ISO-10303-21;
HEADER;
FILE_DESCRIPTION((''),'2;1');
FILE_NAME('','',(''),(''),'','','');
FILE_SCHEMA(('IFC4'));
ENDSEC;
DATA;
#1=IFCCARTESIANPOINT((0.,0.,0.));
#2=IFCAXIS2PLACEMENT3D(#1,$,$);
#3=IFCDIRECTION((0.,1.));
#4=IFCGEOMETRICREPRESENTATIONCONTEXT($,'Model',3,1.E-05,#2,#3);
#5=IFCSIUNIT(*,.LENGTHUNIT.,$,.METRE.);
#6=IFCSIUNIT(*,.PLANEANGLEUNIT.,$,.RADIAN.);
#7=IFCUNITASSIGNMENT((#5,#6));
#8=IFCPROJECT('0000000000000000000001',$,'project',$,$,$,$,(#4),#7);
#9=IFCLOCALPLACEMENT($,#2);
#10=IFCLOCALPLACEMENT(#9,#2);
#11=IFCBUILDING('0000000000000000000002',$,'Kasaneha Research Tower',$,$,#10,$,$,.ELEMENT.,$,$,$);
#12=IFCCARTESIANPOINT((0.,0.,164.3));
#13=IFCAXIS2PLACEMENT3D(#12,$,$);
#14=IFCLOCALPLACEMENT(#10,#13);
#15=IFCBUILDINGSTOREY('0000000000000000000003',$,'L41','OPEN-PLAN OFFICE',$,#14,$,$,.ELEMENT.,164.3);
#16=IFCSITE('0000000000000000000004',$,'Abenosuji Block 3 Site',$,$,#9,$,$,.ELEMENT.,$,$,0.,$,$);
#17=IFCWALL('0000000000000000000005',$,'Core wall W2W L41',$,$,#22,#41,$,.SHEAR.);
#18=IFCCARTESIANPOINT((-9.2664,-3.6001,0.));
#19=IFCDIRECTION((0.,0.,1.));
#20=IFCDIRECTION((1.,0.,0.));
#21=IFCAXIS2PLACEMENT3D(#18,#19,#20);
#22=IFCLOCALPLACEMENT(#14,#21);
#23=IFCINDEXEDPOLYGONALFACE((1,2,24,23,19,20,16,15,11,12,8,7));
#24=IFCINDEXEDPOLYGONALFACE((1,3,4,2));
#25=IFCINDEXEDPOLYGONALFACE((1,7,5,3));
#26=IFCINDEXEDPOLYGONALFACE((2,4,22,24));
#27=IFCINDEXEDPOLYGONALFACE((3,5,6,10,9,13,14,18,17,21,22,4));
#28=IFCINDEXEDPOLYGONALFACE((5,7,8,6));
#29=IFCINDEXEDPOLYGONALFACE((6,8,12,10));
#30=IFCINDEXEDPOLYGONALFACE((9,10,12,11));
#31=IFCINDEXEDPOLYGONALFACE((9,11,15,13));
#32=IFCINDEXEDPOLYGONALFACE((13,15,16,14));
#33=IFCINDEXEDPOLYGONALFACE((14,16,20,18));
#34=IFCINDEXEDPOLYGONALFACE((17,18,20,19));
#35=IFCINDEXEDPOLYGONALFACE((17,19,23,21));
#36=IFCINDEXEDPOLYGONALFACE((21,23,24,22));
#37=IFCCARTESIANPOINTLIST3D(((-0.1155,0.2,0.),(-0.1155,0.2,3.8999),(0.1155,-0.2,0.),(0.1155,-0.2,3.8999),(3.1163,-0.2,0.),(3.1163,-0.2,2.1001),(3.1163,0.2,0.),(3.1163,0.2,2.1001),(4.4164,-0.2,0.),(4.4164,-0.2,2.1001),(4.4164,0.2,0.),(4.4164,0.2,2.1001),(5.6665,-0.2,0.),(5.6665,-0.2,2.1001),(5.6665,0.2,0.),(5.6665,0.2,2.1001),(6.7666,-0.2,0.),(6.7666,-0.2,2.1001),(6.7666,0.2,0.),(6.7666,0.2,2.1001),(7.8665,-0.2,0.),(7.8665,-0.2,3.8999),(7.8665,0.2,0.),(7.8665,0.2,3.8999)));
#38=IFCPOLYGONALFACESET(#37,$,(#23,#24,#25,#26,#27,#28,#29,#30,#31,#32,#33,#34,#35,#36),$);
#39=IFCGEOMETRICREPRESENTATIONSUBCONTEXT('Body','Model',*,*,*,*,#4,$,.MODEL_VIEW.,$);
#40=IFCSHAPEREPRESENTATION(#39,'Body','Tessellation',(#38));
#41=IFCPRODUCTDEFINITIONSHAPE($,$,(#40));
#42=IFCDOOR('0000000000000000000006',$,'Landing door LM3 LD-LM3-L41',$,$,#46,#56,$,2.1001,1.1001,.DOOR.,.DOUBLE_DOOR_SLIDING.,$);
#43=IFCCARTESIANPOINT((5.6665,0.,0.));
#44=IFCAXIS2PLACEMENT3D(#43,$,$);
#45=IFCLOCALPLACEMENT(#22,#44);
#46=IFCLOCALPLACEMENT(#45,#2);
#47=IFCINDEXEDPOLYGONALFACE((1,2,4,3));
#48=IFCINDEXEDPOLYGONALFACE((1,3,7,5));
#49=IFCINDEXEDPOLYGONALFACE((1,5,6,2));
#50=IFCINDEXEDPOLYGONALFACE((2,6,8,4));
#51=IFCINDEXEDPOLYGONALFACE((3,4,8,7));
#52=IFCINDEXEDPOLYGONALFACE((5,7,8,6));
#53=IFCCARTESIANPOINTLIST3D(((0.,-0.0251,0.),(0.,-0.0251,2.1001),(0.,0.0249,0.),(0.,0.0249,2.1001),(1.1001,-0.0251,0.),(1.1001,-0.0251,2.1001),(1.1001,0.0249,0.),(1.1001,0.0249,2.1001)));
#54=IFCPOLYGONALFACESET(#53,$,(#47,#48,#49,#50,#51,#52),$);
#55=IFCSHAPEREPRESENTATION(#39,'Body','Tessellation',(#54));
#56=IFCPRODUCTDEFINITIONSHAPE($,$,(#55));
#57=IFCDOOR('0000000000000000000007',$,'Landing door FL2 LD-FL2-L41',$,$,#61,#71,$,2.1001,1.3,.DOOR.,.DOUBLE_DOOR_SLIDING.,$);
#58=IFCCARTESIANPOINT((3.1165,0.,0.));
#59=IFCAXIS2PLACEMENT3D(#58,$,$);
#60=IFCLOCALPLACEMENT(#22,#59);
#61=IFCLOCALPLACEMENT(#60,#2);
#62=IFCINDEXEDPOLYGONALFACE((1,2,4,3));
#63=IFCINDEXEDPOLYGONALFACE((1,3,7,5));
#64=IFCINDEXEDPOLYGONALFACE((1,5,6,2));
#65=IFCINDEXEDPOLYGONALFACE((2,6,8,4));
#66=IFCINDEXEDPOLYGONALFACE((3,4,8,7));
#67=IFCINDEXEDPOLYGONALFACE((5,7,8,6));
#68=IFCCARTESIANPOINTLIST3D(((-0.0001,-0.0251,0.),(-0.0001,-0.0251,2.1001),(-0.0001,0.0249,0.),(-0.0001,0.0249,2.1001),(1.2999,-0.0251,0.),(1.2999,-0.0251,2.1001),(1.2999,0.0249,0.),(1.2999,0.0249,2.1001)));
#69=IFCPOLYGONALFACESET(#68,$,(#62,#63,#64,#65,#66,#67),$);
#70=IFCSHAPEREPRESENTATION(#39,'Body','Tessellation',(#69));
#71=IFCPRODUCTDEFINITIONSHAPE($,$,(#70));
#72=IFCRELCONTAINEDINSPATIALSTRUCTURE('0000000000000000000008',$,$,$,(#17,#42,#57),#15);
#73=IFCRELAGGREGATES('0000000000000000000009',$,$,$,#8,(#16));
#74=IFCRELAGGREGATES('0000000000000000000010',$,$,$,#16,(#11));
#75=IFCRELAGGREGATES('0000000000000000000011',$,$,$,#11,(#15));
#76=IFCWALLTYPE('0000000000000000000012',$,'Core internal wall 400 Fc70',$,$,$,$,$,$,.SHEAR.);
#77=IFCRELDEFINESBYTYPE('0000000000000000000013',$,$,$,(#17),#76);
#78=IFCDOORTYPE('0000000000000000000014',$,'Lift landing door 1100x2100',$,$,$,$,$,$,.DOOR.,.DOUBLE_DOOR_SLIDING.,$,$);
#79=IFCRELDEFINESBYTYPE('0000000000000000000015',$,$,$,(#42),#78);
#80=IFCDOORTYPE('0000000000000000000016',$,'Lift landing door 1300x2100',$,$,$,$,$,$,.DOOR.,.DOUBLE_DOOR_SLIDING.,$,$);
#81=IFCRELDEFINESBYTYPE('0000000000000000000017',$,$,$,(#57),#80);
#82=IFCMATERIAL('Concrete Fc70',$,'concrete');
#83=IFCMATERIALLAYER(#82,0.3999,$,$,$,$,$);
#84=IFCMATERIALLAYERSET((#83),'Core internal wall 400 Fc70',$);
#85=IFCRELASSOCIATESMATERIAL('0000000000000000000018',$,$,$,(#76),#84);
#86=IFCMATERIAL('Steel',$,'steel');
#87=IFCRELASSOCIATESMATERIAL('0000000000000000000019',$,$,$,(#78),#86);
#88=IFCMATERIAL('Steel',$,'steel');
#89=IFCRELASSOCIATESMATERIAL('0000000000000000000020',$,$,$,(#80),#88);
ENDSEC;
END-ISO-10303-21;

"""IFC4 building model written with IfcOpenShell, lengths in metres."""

from ifc_helpers import new_model, si_unit, direction, frame, frame_2d, origin, place, context, subcontext, project, spatial, polyline, rectangle, outline, extrude, material, layer, layer_set, type_object, element, fill, save


model = new_model("IFC4")

# Units and contexts
model_context = context("Model", 3, precision=1e-05, world=origin(), true_north=direction((0.0, 1.0)))
body_context = subcontext(model_context, "Body", "Model", "MODEL_VIEW")
ifc_project = project(units=[si_unit("LENGTHUNIT", "METRE"), si_unit("PLANEANGLEUNIT", "RADIAN")], contexts=[model_context])

# Site, building, storey
site_placement = place(None, origin())
site = spatial("IfcSite", under=ifc_project, at=site_placement, Name="Abenosuji Block 3 Site", CompositionType="ELEMENT", RefElevation=0.0)
building_placement = place(site_placement, origin())
building = spatial("IfcBuilding", under=site, at=building_placement, Name="Kasaneha Research Tower", CompositionType="ELEMENT")
storey_placement = place(building_placement, frame((0.0, 0.0, 164.3)))
storey = spatial("IfcBuildingStorey", under=building, at=storey_placement, Name="L41", Description="OPEN-PLAN OFFICE", CompositionType="ELEMENT", Elevation=164.3)

# Wall, openings, doors
ifc_material_1 = material(Name="Concrete Fc70", Category="concrete")
ifc_layer_1 = layer(ifc_material_1, 0.3999)
ifc_layer_set_1 = layer_set([ifc_layer_1], Name="Core internal wall 400 Fc70")
wall_type_1 = type_object("IfcWallType", Name="Core internal wall 400 Fc70", PredefinedType="SHEAR", material=ifc_layer_set_1)
wall_1_placement = place(storey_placement, frame((-9.2664, -3.6001, 0.0), z_axis=(0.0, 0.0, 1.0), x_axis=(1.0, 0.0, 0.0)))
wall_1 = element("IfcWall", 1, at=wall_1_placement, inside=storey, type_object=wall_type_1, Name="Core wall W2W L41", PredefinedType="SHEAR", context=body_context, shape_type="SweptSolid", body=[
    extrude(outline(polyline([(0.1155, -0.2), (3.1165, -0.2), (4.4165, -0.2), (5.6665, -0.2), (6.7666, -0.2), (7.8665, -0.2), (7.8665, 0.2), (6.7666, 0.2), (5.6665, 0.2), (4.4165, 0.2), (3.1165, 0.2), (-0.1155, 0.2), (0.1155, -0.2)])), origin(), (0.0, 0.0, 1.0), 3.8999),
])
opening_1_placement = place(wall_1_placement, frame((5.6665, 0.0, 0.0)))
opening_1 = element("IfcOpeningElement", 2, at=opening_1_placement, cuts=wall_1, PredefinedType="OPENING", context=body_context, shape_type="SweptSolid", body=[
    extrude(rectangle(XDim=1.1001, YDim=2.1001, at=frame_2d((0.55, 1.05))), frame((0.0, 0.21, 0.0), z_axis=(0.0, -1.0, 0.0), x_axis=(1.0, 0.0, 0.0)), (0.0, 0.0, 1.0), 0.4199),
])
opening_2_placement = place(wall_1_placement, frame((3.1165, 0.0, 0.0)))
opening_2 = element("IfcOpeningElement", 3, at=opening_2_placement, cuts=wall_1, PredefinedType="OPENING", context=body_context, shape_type="SweptSolid", body=[
    extrude(rectangle(XDim=1.3, YDim=2.1001, at=frame_2d((0.6499, 1.05))), frame((0.0, 0.21, 0.0), z_axis=(0.0, -1.0, 0.0), x_axis=(1.0, 0.0, 0.0)), (0.0, 0.0, 1.0), 0.4199),
])
ifc_material_2 = material(Name="Steel", Category="steel")
door_type_1 = type_object("IfcDoorType", Name="Lift landing door 1100x2100", OperationType="DOUBLE_DOOR_SLIDING", PredefinedType="DOOR", material=ifc_material_2)
door_1_placement = place(opening_1_placement, origin())
door_1 = element("IfcDoor", 4, at=door_1_placement, inside=storey, type_object=door_type_1, Name="Landing door LM3 LD-LM3-L41", OperationType="DOUBLE_DOOR_SLIDING", OverallHeight=2.1001, OverallWidth=1.1001, PredefinedType="DOOR", context=body_context, shape_type="SweptSolid", body=[
    extrude(rectangle(XDim=1.1001, YDim=2.1001, at=frame_2d((0.55, 1.05))), frame((0.0, 0.0249, 0.0), z_axis=(0.0, -1.0, 0.0), x_axis=(1.0, 0.0, 0.0)), (0.0, 0.0, 1.0), 0.05),
])
fill(opening_1, door_1)
ifc_material_3 = material(Name="Steel", Category="steel")
door_type_2 = type_object("IfcDoorType", Name="Lift landing door 1300x2100", OperationType="DOUBLE_DOOR_SLIDING", PredefinedType="DOOR", material=ifc_material_3)
door_2_placement = place(opening_2_placement, origin())
door_2 = element("IfcDoor", 5, at=door_2_placement, inside=storey, type_object=door_type_2, Name="Landing door FL2 LD-FL2-L41", OperationType="DOUBLE_DOOR_SLIDING", OverallHeight=2.1001, OverallWidth=1.3, PredefinedType="DOOR", context=body_context, shape_type="SweptSolid", body=[
    extrude(rectangle(XDim=1.3, YDim=2.1001, at=frame_2d((0.6499, 1.05))), frame((0.0, 0.0249, 0.0), z_axis=(0.0, -1.0, 0.0), x_axis=(1.0, 0.0, 0.0)), (0.0, 0.0, 1.0), 0.05),
])
fill(opening_2, door_2)

save(model, "model.ifc")
